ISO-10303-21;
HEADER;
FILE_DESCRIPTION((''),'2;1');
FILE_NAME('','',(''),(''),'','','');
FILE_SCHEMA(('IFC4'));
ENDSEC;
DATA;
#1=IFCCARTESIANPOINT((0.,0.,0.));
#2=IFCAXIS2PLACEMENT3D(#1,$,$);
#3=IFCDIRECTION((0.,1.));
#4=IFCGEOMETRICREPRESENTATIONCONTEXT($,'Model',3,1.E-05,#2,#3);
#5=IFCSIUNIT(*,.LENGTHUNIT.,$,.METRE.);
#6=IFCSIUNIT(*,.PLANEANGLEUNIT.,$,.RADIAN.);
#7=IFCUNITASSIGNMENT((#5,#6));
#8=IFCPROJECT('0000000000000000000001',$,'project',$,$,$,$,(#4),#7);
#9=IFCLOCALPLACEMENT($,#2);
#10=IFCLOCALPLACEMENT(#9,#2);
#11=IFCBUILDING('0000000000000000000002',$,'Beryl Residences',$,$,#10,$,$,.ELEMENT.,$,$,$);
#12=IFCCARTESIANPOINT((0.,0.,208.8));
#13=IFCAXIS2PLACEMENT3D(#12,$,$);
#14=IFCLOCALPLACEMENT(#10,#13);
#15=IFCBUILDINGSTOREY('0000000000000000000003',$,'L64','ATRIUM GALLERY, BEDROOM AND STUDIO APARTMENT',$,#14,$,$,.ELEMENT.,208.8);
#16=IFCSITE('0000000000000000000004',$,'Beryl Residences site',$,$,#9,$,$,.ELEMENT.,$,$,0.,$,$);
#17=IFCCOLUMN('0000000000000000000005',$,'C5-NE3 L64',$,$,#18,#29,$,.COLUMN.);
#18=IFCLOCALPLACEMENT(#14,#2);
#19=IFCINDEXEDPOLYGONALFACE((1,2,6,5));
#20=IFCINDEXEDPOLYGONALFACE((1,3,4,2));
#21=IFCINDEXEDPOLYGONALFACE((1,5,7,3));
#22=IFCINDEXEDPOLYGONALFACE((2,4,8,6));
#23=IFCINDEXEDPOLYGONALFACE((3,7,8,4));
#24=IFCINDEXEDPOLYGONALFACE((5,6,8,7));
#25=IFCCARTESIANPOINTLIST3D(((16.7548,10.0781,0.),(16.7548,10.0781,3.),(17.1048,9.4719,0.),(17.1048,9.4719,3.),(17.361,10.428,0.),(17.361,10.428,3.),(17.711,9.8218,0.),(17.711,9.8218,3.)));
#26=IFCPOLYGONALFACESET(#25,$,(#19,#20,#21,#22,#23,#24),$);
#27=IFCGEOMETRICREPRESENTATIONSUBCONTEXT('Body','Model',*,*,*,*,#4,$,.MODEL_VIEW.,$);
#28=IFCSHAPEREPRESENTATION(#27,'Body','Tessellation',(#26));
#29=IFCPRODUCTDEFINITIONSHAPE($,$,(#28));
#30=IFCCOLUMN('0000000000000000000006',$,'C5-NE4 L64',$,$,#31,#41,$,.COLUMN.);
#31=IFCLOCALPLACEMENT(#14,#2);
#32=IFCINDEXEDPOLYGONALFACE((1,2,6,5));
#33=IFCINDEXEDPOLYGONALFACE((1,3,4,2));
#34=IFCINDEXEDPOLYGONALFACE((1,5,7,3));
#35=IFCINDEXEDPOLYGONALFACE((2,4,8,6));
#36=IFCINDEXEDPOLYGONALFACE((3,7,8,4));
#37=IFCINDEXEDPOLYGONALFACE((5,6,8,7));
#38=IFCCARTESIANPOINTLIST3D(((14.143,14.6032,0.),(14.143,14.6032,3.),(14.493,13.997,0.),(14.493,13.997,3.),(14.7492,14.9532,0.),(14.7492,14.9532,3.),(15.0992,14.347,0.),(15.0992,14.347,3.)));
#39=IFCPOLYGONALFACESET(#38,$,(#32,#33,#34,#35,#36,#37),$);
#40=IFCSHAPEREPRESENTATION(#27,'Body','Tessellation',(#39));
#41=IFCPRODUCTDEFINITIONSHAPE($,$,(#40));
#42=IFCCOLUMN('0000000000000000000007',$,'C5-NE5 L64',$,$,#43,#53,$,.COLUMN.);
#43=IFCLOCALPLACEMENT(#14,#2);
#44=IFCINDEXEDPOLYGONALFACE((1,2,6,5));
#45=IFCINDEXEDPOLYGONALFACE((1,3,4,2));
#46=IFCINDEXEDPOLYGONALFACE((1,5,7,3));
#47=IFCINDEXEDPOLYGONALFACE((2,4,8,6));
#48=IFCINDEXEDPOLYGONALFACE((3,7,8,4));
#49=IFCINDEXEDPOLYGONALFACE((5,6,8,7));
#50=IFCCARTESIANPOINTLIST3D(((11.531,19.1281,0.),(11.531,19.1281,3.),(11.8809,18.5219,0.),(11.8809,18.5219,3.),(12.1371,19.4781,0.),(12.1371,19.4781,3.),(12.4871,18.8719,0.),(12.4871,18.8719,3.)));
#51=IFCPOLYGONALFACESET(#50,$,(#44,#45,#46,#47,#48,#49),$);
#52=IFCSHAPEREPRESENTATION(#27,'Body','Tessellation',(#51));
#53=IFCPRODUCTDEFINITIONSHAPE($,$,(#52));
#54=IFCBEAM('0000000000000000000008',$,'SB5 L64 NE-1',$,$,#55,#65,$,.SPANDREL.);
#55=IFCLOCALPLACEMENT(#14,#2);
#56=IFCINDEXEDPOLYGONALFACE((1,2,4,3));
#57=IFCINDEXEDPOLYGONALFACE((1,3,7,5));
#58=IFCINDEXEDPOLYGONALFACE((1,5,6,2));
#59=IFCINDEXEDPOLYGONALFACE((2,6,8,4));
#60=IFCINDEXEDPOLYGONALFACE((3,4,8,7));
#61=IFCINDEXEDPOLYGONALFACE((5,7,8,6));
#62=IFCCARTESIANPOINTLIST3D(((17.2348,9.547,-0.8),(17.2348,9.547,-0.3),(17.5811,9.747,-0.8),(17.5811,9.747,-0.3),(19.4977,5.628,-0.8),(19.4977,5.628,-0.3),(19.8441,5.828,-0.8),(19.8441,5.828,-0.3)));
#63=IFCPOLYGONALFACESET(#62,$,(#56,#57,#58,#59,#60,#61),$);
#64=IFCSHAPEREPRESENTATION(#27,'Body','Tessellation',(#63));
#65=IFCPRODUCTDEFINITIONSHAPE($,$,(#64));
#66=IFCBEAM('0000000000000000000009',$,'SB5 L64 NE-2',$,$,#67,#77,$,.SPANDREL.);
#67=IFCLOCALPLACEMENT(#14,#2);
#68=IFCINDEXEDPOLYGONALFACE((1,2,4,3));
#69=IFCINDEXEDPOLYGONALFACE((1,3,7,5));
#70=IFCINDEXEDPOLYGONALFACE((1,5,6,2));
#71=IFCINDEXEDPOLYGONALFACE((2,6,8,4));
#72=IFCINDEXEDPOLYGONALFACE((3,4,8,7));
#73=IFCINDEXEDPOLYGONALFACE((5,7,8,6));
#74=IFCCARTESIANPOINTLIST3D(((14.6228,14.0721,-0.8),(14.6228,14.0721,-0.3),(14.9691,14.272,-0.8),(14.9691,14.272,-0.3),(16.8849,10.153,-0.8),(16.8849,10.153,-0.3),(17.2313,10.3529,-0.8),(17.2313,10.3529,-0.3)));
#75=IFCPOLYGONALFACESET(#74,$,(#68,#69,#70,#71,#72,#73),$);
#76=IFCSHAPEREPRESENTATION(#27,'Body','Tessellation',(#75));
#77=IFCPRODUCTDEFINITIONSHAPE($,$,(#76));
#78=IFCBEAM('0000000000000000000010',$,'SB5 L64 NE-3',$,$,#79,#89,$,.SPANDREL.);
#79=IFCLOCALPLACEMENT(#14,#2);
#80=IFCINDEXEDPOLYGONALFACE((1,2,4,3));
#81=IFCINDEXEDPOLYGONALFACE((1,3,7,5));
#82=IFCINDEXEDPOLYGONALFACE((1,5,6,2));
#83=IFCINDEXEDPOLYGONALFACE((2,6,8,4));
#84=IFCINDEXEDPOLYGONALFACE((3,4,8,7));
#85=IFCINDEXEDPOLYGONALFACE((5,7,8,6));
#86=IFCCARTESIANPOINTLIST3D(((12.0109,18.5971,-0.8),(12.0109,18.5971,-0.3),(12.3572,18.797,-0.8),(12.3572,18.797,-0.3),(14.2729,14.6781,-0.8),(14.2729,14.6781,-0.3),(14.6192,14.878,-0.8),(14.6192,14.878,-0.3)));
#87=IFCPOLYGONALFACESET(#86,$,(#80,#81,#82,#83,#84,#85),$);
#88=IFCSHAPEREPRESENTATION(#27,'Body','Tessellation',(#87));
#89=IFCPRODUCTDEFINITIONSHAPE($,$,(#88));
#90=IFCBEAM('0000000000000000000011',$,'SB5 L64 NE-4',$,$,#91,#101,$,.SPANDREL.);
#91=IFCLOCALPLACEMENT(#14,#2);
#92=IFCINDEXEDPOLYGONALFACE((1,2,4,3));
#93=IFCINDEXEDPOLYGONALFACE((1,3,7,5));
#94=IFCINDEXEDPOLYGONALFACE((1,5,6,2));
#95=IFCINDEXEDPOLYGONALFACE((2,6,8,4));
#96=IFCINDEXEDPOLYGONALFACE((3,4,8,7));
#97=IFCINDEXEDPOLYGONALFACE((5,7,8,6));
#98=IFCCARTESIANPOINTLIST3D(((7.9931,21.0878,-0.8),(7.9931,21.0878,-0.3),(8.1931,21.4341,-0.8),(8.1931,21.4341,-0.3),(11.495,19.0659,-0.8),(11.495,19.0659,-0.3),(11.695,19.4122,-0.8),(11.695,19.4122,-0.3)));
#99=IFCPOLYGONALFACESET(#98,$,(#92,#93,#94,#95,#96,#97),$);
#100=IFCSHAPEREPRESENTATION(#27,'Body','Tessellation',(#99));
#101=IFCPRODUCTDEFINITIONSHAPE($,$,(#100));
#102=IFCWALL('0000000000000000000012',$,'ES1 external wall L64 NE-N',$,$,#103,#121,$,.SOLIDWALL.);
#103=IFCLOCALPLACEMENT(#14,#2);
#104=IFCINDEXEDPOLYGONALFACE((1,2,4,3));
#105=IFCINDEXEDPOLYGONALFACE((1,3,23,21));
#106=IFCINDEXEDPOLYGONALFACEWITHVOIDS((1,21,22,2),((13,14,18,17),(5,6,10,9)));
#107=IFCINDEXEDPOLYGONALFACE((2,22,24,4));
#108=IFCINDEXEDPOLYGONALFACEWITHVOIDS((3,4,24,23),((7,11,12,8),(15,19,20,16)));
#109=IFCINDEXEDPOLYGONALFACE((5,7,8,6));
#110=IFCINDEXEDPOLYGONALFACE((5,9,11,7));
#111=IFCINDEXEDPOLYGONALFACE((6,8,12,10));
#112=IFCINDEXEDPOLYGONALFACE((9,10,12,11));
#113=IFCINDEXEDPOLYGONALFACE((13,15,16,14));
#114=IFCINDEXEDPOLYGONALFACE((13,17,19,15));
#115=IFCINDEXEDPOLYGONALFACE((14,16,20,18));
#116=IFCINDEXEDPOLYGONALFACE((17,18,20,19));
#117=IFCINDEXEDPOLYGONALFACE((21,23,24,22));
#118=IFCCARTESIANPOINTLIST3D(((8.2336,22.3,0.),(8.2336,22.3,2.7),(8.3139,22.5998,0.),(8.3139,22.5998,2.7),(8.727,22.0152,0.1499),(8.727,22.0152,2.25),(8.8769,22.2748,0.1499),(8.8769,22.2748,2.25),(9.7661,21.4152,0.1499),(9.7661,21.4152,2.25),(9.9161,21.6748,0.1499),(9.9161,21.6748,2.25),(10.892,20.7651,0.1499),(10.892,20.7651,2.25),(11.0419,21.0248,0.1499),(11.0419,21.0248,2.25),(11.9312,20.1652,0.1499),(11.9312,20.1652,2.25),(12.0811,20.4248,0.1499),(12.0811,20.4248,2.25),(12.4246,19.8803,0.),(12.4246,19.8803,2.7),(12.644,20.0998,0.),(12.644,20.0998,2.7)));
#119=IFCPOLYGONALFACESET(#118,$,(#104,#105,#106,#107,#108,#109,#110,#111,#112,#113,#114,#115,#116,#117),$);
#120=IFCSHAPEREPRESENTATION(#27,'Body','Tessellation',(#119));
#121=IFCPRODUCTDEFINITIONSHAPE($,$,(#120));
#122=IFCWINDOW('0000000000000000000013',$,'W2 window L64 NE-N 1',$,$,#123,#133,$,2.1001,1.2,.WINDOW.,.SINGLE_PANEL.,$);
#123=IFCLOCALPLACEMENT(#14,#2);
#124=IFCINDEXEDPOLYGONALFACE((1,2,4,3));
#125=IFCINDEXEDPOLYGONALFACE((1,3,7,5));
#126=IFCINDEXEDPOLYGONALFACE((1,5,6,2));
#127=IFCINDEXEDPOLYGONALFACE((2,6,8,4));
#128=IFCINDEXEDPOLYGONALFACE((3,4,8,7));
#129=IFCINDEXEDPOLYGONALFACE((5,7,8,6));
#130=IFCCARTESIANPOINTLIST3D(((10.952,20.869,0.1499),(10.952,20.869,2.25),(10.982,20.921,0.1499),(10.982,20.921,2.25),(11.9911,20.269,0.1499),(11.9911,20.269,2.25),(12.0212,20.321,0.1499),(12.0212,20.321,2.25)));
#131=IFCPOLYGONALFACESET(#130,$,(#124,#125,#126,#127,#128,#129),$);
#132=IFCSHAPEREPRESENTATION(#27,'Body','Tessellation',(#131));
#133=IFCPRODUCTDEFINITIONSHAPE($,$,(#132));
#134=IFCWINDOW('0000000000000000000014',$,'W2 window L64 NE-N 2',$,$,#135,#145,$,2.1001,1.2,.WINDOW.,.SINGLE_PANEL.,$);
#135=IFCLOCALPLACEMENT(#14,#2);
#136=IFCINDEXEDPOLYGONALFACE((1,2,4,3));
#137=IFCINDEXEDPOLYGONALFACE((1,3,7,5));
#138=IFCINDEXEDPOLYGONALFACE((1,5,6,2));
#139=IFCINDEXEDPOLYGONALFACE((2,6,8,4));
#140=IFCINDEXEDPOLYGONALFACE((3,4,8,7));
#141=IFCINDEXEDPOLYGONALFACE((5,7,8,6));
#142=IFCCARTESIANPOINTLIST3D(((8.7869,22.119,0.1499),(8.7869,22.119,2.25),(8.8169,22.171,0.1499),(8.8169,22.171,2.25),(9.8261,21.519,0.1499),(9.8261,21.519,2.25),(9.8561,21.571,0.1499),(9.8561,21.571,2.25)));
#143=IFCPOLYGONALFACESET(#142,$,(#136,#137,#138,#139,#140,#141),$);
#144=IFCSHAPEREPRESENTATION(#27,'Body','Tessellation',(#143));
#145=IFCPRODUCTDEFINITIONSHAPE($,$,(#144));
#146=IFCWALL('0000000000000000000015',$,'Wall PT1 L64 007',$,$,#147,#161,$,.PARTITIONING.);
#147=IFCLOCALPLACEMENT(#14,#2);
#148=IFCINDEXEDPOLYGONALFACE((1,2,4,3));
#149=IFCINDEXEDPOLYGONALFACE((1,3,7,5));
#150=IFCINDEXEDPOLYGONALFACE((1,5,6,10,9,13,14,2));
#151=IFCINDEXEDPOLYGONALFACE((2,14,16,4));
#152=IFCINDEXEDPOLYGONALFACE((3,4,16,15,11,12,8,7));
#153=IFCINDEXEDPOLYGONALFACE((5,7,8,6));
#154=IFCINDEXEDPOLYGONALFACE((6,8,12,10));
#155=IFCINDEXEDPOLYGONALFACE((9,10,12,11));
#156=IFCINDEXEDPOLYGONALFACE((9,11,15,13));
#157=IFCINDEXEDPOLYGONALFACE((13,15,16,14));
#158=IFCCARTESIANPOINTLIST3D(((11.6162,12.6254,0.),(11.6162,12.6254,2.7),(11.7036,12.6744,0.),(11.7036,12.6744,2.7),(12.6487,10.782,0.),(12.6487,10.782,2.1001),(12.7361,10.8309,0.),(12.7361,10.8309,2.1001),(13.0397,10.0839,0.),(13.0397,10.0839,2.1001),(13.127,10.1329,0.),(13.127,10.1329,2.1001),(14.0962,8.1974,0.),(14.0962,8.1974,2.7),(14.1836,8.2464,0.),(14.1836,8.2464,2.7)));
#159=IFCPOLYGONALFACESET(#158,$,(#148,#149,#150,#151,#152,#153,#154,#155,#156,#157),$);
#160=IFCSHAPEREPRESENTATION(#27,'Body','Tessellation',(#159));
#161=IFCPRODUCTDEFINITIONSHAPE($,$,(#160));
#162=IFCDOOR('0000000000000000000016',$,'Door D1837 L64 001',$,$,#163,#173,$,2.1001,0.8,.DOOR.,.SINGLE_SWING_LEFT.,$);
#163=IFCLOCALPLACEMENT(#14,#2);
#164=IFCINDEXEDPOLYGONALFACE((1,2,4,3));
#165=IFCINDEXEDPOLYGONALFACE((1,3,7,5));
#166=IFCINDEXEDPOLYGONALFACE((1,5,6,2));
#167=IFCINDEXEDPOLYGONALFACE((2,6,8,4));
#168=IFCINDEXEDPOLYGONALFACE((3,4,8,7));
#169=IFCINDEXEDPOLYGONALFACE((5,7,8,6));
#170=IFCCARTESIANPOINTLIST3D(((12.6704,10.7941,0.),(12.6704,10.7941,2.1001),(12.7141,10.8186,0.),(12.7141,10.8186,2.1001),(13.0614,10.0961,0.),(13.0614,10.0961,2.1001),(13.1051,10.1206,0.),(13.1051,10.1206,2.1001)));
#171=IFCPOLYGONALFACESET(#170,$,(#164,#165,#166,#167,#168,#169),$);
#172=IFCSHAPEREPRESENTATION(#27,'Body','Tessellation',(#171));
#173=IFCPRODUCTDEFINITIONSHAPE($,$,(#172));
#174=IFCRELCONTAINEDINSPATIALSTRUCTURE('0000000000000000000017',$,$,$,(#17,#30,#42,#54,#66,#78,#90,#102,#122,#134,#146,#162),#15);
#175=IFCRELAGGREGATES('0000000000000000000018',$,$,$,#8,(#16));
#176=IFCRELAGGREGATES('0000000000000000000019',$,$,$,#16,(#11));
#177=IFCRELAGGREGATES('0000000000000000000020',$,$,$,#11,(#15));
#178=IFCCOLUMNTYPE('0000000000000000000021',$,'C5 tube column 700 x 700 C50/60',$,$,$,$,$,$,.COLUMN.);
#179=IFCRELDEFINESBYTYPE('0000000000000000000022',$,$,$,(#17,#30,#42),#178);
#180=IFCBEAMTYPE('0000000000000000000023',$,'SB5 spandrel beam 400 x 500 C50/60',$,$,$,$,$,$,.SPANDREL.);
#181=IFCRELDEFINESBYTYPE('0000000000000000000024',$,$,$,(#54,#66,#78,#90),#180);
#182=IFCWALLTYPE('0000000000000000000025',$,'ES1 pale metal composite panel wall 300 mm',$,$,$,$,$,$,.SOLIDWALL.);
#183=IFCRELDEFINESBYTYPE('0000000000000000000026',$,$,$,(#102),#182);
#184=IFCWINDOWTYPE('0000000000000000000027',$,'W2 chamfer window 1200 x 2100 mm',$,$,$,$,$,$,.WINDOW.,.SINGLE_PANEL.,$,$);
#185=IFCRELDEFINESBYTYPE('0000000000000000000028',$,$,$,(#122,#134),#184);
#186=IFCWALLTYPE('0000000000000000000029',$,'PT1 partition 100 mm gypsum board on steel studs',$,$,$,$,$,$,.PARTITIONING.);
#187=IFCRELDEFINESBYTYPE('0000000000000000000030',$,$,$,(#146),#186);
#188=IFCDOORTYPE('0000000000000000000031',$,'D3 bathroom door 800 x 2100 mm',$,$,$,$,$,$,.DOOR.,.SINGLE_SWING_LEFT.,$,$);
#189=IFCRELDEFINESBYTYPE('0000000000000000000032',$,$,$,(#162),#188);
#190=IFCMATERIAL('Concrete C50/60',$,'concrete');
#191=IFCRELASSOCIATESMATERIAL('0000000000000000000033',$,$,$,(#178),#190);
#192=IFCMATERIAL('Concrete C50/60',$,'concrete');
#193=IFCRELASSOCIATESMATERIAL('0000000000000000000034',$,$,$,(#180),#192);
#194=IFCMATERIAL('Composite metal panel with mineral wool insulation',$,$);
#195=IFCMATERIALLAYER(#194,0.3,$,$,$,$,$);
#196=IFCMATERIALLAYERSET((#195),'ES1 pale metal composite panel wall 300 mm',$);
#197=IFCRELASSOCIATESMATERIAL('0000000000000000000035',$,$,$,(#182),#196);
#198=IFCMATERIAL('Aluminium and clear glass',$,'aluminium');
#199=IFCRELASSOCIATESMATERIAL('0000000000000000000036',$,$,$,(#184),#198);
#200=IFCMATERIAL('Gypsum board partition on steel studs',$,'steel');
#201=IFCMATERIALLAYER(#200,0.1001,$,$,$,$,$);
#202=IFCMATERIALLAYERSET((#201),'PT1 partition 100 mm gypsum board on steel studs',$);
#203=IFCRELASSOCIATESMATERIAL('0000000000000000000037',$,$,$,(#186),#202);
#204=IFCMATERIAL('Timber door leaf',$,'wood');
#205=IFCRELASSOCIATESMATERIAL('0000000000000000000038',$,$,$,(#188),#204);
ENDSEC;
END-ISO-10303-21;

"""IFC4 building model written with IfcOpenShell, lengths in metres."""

from ifc_helpers import new_model, si_unit, direction, frame, frame_2d, origin, origin_2d, place, context, subcontext, project, spatial, polyline, rectangle, outline, extrude, material, layer, layer_set, material_profile, profile_set, type_object, element, fill, save


model = new_model("IFC4")

# Units and contexts
model_context = context("Model", 3, precision=1e-05, world=origin(), true_north=direction((0.0, 1.0)))
body_context = subcontext(model_context, "Body", "Model", "MODEL_VIEW")
ifc_project = project(units=[si_unit("LENGTHUNIT", "METRE"), si_unit("PLANEANGLEUNIT", "RADIAN")], contexts=[model_context])

# Site, building, storey
site_placement = place(None, origin())
site = spatial("IfcSite", under=ifc_project, at=site_placement, Name="Beryl Residences site", CompositionType="ELEMENT", RefElevation=0.0)
building_placement = place(site_placement, origin())
building = spatial("IfcBuilding", under=site, at=building_placement, Name="Beryl Residences", CompositionType="ELEMENT")
storey_placement = place(building_placement, frame((0.0, 0.0, 208.8)))
storey = spatial("IfcBuildingStorey", under=building, at=storey_placement, Name="L64", Description="ATRIUM GALLERY, BEDROOM AND STUDIO APARTMENT", CompositionType="ELEMENT", Elevation=208.8)

# Columns
ifc_material_1 = material(Name="Concrete C50/60", Category="concrete")
ifc_material_profile_1 = material_profile(ifc_material_1, rectangle(XDim=0.7, YDim=0.7, at=origin_2d()))
ifc_profile_set_1 = profile_set([ifc_material_profile_1], Name="Concrete C50/60")
column_type = type_object("IfcColumnType", Name="C5 tube column 700 x 700 C50/60", PredefinedType="COLUMN", material=ifc_profile_set_1)
for number, where, z_axis, x_axis, name in (
    (1, (17.2329, 9.95, 0.0), (0.0, 0.0, 1.0), (-0.49997, 0.866043, 0.0), "C5-NE3 L64"),
    (2, (14.6211, 14.4751, 0.0), (0.0, 0.0, 1.0), (-0.49997, 0.866043, 0.0), "C5-NE4 L64"),
    (3, (12.009, 19.0, 0.0), (0.0, 0.0, 1.0), (-0.49997, 0.866043, 0.0), "C5-NE5 L64"),
):
    element("IfcColumn", number, at=place(storey_placement, frame(where, z_axis=z_axis, x_axis=x_axis)), inside=storey, type_object=column_type, Name=name, PredefinedType="COLUMN", context=body_context, shape_type="SweptSolid", body=[
        extrude(rectangle(XDim=0.7, YDim=0.7, at=origin_2d()), origin(), (0.0, 0.0, 1.0), 3.0),
    ])

# Beams
ifc_material_2 = material(Name="Concrete C50/60", Category="concrete")
ifc_material_profile_2 = material_profile(ifc_material_2, rectangle(XDim=0.3999, YDim=0.5, at=origin_2d()))
ifc_profile_set_2 = profile_set([ifc_material_profile_2], Name="Concrete C50/60")
beam_type = type_object("IfcBeamType", Name="SB5 spandrel beam 400 x 500 C50/60", PredefinedType="SPANDREL", material=ifc_profile_set_2)
beam_1_placement = place(storey_placement, frame((19.6709, 5.728, -0.55), z_axis=(-0.500056, 0.865993, 0.0), x_axis=(-0.865993, -0.500056, 0.0)))
element("IfcBeam", 4, at=beam_1_placement, inside=storey, type_object=beam_type, Name="SB5 L64 NE-1", PredefinedType="SPANDREL", context=body_context, shape_type="SweptSolid", body=[
    extrude(rectangle(XDim=0.3999, YDim=0.5, at=origin_2d()), origin(), (0.0, 0.0, 1.0), 4.5254),
])
beam_2_placement = place(storey_placement, frame((17.0581, 10.2529, -0.55), z_axis=(-0.499911, 0.866077, 0.0), x_axis=(-0.866077, -0.499911, 0.0)))
element("IfcBeam", 5, at=beam_2_placement, inside=storey, type_object=beam_type, Name="SB5 L64 NE-2", PredefinedType="SPANDREL", context=body_context, shape_type="SweptSolid", body=[
    extrude(rectangle(XDim=0.3999, YDim=0.5, at=origin_2d()), origin(), (0.0, 0.0, 1.0), 4.5251),
])
beam_3_placement = place(storey_placement, frame((14.446, 14.7781, -0.55), z_axis=(-0.499894, 0.866087, 0.0), x_axis=(-0.866087, -0.499894, 0.0)))
element("IfcBeam", 6, at=beam_3_placement, inside=storey, type_object=beam_type, Name="SB5 L64 NE-3", PredefinedType="SPANDREL", context=body_context, shape_type="SweptSolid", body=[
    extrude(rectangle(XDim=0.3999, YDim=0.5, at=origin_2d()), origin(), (0.0, 0.0, 1.0), 4.5249),
])
beam_4_placement = place(storey_placement, frame((11.595, 19.239, -0.55), z_axis=(-0.866013, 0.500022, 0.0), x_axis=(-0.500022, -0.866013, 0.0)))
element("IfcBeam", 7, at=beam_4_placement, inside=storey, type_object=beam_type, Name="SB5 L64 NE-4", PredefinedType="SPANDREL", context=body_context, shape_type="SweptSolid", body=[
    extrude(rectangle(XDim=0.3999, YDim=0.5, at=origin_2d()), origin(), (0.0, 0.0, 1.0), 4.0437),
])

# Wall, openings, windows
ifc_material_3 = material(Name="Composite metal panel with mineral wool insulation")
ifc_layer_1 = layer(ifc_material_3, 0.3)
ifc_layer_set_1 = layer_set([ifc_layer_1], Name="ES1 pale metal composite panel wall 300 mm")
wall_type_1 = type_object("IfcWallType", Name="ES1 pale metal composite panel wall 300 mm", PredefinedType="SOLIDWALL", material=ifc_layer_set_1)
wall_1_placement = place(storey_placement, frame((12.5691, 19.97, 0.0), z_axis=(0.0, 0.0, 1.0), x_axis=(-0.866023, 0.500004, 0.0)))
wall_1 = element("IfcWall", 8, at=wall_1_placement, inside=storey, type_object=wall_type_1, Name="ES1 external wall L64 NE-N", PredefinedType="SOLIDWALL", context=body_context, shape_type="SweptSolid", body=[
    extrude(outline(polyline([(0.0, -0.1499), (5.0, -0.1499), (4.9197, 0.1499), (0.0803, 0.1499), (0.0, -0.1499)])), origin(), (0.0, 0.0, 1.0), 2.7),
])
opening_1_placement = place(wall_1_placement, frame((0.6499, 0.0, 0.1499)))
opening_1 = element("IfcOpeningElement", 9, at=opening_1_placement, cuts=wall_1, PredefinedType="OPENING", context=body_context, shape_type="SweptSolid", body=[
    extrude(rectangle(XDim=1.2, YDim=2.1001, at=frame_2d((0.6001, 1.05))), frame((0.0, 0.1599, 0.0), z_axis=(0.0, -1.0, 0.0), x_axis=(1.0, 0.0, 0.0)), (0.0, 0.0, 1.0), 0.3201),
])
opening_2_placement = place(wall_1_placement, frame((3.1499, 0.0, 0.1499)))
opening_2 = element("IfcOpeningElement", 10, at=opening_2_placement, cuts=wall_1, PredefinedType="OPENING", context=body_context, shape_type="SweptSolid", body=[
    extrude(rectangle(XDim=1.2, YDim=2.1001, at=frame_2d((0.6001, 1.05))), frame((0.0, 0.1599, 0.0), z_axis=(0.0, -1.0, 0.0), x_axis=(1.0, 0.0, 0.0)), (0.0, 0.0, 1.0), 0.3201),
])
ifc_material_4 = material(Name="Aluminium and clear glass", Category="aluminium")
window_type = type_object("IfcWindowType", Name="W2 chamfer window 1200 x 2100 mm", PartitioningType="SINGLE_PANEL", PredefinedType="WINDOW", material=ifc_material_4)
window_1_placement = place(opening_1_placement, origin())
window_1 = element("IfcWindow", 11, at=window_1_placement, inside=storey, type_object=window_type, Name="W2 window L64 NE-N 1", OverallHeight=2.1001, OverallWidth=1.2, PartitioningType="SINGLE_PANEL", PredefinedType="WINDOW", context=body_context, shape_type="SweptSolid", body=[
    extrude(rectangle(XDim=1.2, YDim=2.1001, at=frame_2d((0.6001, 1.05))), frame((0.0, 0.03, 0.0), z_axis=(0.0, -1.0, 0.0), x_axis=(1.0, 0.0, 0.0)), (0.0, 0.0, 1.0), 0.0601),
])
fill(opening_1, window_1)
window_2_placement = place(opening_2_placement, origin())
window_2 = element("IfcWindow", 12, at=window_2_placement, inside=storey, type_object=window_type, Name="W2 window L64 NE-N 2", OverallHeight=2.1001, OverallWidth=1.2, PartitioningType="SINGLE_PANEL", PredefinedType="WINDOW", context=body_context, shape_type="SweptSolid", body=[
    extrude(rectangle(XDim=1.2, YDim=2.1001, at=frame_2d((0.6001, 1.05))), frame((0.0, 0.03, 0.0), z_axis=(0.0, -1.0, 0.0), x_axis=(1.0, 0.0, 0.0)), (0.0, 0.0, 1.0), 0.0601),
])
fill(opening_2, window_2)

# Wall, opening, door
ifc_material_5 = material(Name="Gypsum board partition on steel studs", Category="steel")
ifc_layer_2 = layer(ifc_material_5, 0.1001)
ifc_layer_set_2 = layer_set([ifc_layer_2], Name="PT1 partition 100 mm gypsum board on steel studs")
wall_type_2 = type_object("IfcWallType", Name="PT1 partition 100 mm gypsum board on steel studs", PredefinedType="PARTITIONING", material=ifc_layer_set_2)
wall_2_placement = place(storey_placement, frame((11.6599, 12.6499, 0.0), z_axis=(0.0, 0.0, 1.0), x_axis=(0.48865, -0.87248, 0.0)))
wall_2 = element("IfcWall", 13, at=wall_2_placement, inside=storey, type_object=wall_type_2, Name="Wall PT1 L64 007", PredefinedType="PARTITIONING", context=body_context, shape_type="SweptSolid", body=[
    extrude(rectangle(XDim=5.0752, YDim=0.1001, at=frame_2d((2.5376, 0.0))), origin(), (0.0, 0.0, 1.0), 2.7),
])
opening_3_placement = place(wall_2_placement, frame((2.113, 0.0, 0.0)))
opening_3 = element("IfcOpeningElement", 14, at=opening_3_placement, cuts=wall_2, PredefinedType="OPENING", context=body_context, shape_type="SweptSolid", body=[
    extrude(rectangle(XDim=0.8, YDim=2.1001, at=frame_2d((0.3999, 1.05))), frame((0.0, 0.0601, 0.0), z_axis=(0.0, -1.0, 0.0), x_axis=(1.0, 0.0, 0.0)), (0.0, 0.0, 1.0), 0.1201),
])
ifc_material_6 = material(Name="Timber door leaf", Category="wood")
door_type = type_object("IfcDoorType", Name="D3 bathroom door 800 x 2100 mm", OperationType="SINGLE_SWING_LEFT", PredefinedType="DOOR", material=ifc_material_6)
door_placement = place(opening_3_placement, origin())
door = element("IfcDoor", 15, at=door_placement, inside=storey, type_object=door_type, Name="Door D1837 L64 001", OperationType="SINGLE_SWING_LEFT", OverallHeight=2.1001, OverallWidth=0.8, PredefinedType="DOOR", context=body_context, shape_type="SweptSolid", body=[
    extrude(rectangle(XDim=0.8, YDim=2.1001, at=frame_2d((0.3999, 1.05))), frame((0.0, 0.0249, 0.0), z_axis=(0.0, -1.0, 0.0), x_axis=(1.0, 0.0, 0.0)), (0.0, 0.0, 1.0), 0.05),
])
fill(opening_3, door)

save(model, "model.ifc")
